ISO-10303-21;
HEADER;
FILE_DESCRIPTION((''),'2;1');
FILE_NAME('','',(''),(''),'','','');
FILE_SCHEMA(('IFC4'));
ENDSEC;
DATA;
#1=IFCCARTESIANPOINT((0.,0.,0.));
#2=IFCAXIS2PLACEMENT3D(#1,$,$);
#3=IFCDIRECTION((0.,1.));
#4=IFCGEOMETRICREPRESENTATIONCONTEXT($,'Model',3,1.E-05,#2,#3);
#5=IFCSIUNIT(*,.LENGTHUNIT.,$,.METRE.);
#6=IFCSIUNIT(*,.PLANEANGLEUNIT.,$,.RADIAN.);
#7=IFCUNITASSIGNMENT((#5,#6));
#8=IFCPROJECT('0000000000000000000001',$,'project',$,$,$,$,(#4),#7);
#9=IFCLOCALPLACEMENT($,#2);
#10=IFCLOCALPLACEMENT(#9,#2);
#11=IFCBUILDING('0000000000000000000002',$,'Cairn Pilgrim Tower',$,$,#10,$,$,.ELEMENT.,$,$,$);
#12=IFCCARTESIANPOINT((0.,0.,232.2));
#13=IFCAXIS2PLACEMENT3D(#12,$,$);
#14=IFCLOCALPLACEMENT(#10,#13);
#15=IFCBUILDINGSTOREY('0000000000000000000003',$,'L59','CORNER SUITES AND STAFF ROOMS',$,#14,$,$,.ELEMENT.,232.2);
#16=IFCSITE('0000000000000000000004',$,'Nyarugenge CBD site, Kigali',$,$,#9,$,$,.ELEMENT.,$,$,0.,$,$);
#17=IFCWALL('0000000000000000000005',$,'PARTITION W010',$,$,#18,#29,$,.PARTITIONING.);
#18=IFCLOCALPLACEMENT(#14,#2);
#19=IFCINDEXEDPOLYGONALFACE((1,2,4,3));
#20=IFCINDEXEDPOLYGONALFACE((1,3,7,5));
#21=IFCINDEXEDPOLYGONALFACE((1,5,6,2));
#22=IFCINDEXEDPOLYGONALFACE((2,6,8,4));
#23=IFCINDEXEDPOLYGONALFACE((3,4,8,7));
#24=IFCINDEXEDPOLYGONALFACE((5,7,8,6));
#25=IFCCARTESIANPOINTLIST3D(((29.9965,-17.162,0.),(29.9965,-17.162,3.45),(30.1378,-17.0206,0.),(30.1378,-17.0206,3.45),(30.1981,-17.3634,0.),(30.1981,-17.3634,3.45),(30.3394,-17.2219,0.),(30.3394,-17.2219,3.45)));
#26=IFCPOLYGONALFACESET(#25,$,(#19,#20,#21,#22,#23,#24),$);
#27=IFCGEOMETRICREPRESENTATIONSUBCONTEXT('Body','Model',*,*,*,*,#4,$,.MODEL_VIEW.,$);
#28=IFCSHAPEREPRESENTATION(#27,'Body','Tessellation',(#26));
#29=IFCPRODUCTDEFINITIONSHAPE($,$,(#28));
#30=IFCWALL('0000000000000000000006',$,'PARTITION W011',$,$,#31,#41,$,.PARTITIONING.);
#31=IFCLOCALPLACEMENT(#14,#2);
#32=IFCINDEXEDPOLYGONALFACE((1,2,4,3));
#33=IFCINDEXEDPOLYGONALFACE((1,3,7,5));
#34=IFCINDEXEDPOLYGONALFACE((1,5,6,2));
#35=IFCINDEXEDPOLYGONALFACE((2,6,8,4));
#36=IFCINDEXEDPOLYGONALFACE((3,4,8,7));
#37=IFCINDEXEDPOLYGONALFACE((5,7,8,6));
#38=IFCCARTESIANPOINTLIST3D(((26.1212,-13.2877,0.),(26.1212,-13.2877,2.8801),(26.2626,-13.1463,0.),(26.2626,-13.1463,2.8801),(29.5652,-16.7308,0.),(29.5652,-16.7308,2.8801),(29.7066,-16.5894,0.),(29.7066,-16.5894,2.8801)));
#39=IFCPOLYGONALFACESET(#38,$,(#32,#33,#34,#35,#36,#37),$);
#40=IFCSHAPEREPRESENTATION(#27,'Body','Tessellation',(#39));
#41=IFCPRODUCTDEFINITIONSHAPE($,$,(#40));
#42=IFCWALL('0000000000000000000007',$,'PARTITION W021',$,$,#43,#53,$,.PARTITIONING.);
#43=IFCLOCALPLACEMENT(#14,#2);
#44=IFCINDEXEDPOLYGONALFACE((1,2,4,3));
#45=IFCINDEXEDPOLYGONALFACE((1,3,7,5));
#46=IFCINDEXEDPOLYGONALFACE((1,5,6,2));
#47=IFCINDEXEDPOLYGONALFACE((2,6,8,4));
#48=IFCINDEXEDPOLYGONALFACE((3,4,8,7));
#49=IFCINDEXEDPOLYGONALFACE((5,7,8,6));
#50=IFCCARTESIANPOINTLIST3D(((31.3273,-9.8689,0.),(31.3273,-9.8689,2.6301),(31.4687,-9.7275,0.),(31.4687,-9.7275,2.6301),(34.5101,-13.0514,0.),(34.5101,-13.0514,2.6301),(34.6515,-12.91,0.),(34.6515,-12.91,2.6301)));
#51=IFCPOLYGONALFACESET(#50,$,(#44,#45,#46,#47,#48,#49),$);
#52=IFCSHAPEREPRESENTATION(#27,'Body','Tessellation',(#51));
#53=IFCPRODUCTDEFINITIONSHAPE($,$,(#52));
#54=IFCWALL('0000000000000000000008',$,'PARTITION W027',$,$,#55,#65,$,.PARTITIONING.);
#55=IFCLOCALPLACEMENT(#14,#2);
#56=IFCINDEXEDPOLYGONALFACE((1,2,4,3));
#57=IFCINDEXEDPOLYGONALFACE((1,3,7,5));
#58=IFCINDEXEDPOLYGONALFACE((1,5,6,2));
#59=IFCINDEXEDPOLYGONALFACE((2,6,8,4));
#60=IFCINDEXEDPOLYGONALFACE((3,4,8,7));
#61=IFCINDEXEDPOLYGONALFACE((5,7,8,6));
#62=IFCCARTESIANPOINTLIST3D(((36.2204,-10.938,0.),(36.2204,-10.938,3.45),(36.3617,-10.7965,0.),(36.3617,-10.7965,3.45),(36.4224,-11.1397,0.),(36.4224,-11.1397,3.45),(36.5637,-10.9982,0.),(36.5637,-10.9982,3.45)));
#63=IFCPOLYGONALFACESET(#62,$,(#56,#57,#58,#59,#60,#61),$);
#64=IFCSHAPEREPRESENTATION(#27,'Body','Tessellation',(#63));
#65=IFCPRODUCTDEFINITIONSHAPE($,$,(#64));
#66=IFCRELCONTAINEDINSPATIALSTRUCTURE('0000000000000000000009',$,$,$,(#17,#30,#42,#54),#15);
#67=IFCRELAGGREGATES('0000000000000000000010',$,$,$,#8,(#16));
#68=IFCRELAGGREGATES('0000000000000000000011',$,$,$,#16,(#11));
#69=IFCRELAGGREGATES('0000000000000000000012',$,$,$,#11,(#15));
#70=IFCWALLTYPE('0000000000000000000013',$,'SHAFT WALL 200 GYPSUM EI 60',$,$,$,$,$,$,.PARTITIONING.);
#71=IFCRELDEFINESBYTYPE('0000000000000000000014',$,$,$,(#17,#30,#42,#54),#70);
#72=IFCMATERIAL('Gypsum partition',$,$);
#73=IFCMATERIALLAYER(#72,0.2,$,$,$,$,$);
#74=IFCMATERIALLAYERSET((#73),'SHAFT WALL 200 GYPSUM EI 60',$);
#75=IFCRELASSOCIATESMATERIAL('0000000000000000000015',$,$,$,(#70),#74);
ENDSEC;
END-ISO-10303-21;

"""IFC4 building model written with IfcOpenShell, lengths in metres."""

from ifc_helpers import new_model, si_unit, direction, frame, frame_2d, origin, place, context, subcontext, project, spatial, rectangle, extrude, material, layer, layer_set, type_object, element, save


model = new_model("IFC4")

# Units and contexts
model_context = context("Model", 3, precision=1e-05, world=origin(), true_north=direction((0.0, 1.0)))
body_context = subcontext(model_context, "Body", "Model", "MODEL_VIEW")
ifc_project = project(units=[si_unit("LENGTHUNIT", "METRE"), si_unit("PLANEANGLEUNIT", "RADIAN")], contexts=[model_context])

# Site, building, storey
site_placement = place(None, origin())
site = spatial("IfcSite", under=ifc_project, at=site_placement, Name="Nyarugenge CBD site, Kigali", CompositionType="ELEMENT", RefElevation=0.0)
building_placement = place(site_placement, origin())
building = spatial("IfcBuilding", under=site, at=building_placement, Name="Cairn Pilgrim Tower", CompositionType="ELEMENT")
storey_placement = place(building_placement, frame((0.0, 0.0, 232.2)))
storey = spatial("IfcBuildingStorey", under=building, at=storey_placement, Name="L59", Description="CORNER SUITES AND STAFF ROOMS", CompositionType="ELEMENT", Elevation=232.2)

# Shared definitions
ifc_material_1 = material(Name="Gypsum partition")

# Walls
ifc_layer_1 = layer(ifc_material_1, 0.2)
ifc_layer_set_1 = layer_set([ifc_layer_1], Name="SHAFT WALL 200 GYPSUM EI 60")
wall_type_1 = type_object("IfcWallType", Name="SHAFT WALL 200 GYPSUM EI 60", PredefinedType="PARTITIONING", material=ifc_layer_set_1)
wall_1_placement = place(storey_placement, frame((30.2688, -17.2927, 0.0), z_axis=(0.0, 0.0, 1.0), x_axis=(-0.707535, 0.706678, 0.0)))
element("IfcWall", 1, at=wall_1_placement, inside=storey, type_object=wall_type_1, Name="PARTITION W010", PredefinedType="PARTITIONING", context=body_context, shape_type="SweptSolid", body=[
    extrude(rectangle(XDim=0.2849, YDim=0.2, at=frame_2d((0.1426, 0.0))), origin(), (0.0, 0.0, 1.0), 3.45),
])
wall_2_placement = place(storey_placement, frame((29.636, -16.6602, 0.0), z_axis=(0.0, 0.0, 1.0), x_axis=(-0.707207, 0.707007, 0.0)))
element("IfcWall", 2, at=wall_2_placement, inside=storey, type_object=wall_type_1, Name="PARTITION W011", PredefinedType="PARTITIONING", context=body_context, shape_type="SweptSolid", body=[
    extrude(rectangle(XDim=4.8699, YDim=0.2, at=frame_2d((2.4351, 0.0))), origin(), (0.0, 0.0, 1.0), 2.8801),
])
wall_3_placement = place(storey_placement, frame((34.5808, -12.9807, 0.0), z_axis=(0.0, 0.0, 1.0), x_axis=(-0.707134, 0.70708, 0.0)))
element("IfcWall", 3, at=wall_3_placement, inside=storey, type_object=wall_type_1, Name="PARTITION W021", PredefinedType="PARTITIONING", context=body_context, shape_type="SweptSolid", body=[
    extrude(rectangle(XDim=4.501, YDim=0.2, at=frame_2d((2.2505, 0.0))), origin(), (0.0, 0.0, 1.0), 2.6301),
])
wall_4_placement = place(storey_placement, frame((36.4929, -11.0688, 0.0), z_axis=(0.0, 0.0, 1.0), x_axis=(-0.707534, 0.706679, 0.0)))
element("IfcWall", 4, at=wall_4_placement, inside=storey, type_object=wall_type_1, Name="PARTITION W027", PredefinedType="PARTITIONING", context=body_context, shape_type="SweptSolid", body=[
    extrude(rectangle(XDim=0.2854, YDim=0.2, at=frame_2d((0.1426, 0.0))), origin(), (0.0, 0.0, 1.0), 3.45),
])

save(model, "model.ifc")
